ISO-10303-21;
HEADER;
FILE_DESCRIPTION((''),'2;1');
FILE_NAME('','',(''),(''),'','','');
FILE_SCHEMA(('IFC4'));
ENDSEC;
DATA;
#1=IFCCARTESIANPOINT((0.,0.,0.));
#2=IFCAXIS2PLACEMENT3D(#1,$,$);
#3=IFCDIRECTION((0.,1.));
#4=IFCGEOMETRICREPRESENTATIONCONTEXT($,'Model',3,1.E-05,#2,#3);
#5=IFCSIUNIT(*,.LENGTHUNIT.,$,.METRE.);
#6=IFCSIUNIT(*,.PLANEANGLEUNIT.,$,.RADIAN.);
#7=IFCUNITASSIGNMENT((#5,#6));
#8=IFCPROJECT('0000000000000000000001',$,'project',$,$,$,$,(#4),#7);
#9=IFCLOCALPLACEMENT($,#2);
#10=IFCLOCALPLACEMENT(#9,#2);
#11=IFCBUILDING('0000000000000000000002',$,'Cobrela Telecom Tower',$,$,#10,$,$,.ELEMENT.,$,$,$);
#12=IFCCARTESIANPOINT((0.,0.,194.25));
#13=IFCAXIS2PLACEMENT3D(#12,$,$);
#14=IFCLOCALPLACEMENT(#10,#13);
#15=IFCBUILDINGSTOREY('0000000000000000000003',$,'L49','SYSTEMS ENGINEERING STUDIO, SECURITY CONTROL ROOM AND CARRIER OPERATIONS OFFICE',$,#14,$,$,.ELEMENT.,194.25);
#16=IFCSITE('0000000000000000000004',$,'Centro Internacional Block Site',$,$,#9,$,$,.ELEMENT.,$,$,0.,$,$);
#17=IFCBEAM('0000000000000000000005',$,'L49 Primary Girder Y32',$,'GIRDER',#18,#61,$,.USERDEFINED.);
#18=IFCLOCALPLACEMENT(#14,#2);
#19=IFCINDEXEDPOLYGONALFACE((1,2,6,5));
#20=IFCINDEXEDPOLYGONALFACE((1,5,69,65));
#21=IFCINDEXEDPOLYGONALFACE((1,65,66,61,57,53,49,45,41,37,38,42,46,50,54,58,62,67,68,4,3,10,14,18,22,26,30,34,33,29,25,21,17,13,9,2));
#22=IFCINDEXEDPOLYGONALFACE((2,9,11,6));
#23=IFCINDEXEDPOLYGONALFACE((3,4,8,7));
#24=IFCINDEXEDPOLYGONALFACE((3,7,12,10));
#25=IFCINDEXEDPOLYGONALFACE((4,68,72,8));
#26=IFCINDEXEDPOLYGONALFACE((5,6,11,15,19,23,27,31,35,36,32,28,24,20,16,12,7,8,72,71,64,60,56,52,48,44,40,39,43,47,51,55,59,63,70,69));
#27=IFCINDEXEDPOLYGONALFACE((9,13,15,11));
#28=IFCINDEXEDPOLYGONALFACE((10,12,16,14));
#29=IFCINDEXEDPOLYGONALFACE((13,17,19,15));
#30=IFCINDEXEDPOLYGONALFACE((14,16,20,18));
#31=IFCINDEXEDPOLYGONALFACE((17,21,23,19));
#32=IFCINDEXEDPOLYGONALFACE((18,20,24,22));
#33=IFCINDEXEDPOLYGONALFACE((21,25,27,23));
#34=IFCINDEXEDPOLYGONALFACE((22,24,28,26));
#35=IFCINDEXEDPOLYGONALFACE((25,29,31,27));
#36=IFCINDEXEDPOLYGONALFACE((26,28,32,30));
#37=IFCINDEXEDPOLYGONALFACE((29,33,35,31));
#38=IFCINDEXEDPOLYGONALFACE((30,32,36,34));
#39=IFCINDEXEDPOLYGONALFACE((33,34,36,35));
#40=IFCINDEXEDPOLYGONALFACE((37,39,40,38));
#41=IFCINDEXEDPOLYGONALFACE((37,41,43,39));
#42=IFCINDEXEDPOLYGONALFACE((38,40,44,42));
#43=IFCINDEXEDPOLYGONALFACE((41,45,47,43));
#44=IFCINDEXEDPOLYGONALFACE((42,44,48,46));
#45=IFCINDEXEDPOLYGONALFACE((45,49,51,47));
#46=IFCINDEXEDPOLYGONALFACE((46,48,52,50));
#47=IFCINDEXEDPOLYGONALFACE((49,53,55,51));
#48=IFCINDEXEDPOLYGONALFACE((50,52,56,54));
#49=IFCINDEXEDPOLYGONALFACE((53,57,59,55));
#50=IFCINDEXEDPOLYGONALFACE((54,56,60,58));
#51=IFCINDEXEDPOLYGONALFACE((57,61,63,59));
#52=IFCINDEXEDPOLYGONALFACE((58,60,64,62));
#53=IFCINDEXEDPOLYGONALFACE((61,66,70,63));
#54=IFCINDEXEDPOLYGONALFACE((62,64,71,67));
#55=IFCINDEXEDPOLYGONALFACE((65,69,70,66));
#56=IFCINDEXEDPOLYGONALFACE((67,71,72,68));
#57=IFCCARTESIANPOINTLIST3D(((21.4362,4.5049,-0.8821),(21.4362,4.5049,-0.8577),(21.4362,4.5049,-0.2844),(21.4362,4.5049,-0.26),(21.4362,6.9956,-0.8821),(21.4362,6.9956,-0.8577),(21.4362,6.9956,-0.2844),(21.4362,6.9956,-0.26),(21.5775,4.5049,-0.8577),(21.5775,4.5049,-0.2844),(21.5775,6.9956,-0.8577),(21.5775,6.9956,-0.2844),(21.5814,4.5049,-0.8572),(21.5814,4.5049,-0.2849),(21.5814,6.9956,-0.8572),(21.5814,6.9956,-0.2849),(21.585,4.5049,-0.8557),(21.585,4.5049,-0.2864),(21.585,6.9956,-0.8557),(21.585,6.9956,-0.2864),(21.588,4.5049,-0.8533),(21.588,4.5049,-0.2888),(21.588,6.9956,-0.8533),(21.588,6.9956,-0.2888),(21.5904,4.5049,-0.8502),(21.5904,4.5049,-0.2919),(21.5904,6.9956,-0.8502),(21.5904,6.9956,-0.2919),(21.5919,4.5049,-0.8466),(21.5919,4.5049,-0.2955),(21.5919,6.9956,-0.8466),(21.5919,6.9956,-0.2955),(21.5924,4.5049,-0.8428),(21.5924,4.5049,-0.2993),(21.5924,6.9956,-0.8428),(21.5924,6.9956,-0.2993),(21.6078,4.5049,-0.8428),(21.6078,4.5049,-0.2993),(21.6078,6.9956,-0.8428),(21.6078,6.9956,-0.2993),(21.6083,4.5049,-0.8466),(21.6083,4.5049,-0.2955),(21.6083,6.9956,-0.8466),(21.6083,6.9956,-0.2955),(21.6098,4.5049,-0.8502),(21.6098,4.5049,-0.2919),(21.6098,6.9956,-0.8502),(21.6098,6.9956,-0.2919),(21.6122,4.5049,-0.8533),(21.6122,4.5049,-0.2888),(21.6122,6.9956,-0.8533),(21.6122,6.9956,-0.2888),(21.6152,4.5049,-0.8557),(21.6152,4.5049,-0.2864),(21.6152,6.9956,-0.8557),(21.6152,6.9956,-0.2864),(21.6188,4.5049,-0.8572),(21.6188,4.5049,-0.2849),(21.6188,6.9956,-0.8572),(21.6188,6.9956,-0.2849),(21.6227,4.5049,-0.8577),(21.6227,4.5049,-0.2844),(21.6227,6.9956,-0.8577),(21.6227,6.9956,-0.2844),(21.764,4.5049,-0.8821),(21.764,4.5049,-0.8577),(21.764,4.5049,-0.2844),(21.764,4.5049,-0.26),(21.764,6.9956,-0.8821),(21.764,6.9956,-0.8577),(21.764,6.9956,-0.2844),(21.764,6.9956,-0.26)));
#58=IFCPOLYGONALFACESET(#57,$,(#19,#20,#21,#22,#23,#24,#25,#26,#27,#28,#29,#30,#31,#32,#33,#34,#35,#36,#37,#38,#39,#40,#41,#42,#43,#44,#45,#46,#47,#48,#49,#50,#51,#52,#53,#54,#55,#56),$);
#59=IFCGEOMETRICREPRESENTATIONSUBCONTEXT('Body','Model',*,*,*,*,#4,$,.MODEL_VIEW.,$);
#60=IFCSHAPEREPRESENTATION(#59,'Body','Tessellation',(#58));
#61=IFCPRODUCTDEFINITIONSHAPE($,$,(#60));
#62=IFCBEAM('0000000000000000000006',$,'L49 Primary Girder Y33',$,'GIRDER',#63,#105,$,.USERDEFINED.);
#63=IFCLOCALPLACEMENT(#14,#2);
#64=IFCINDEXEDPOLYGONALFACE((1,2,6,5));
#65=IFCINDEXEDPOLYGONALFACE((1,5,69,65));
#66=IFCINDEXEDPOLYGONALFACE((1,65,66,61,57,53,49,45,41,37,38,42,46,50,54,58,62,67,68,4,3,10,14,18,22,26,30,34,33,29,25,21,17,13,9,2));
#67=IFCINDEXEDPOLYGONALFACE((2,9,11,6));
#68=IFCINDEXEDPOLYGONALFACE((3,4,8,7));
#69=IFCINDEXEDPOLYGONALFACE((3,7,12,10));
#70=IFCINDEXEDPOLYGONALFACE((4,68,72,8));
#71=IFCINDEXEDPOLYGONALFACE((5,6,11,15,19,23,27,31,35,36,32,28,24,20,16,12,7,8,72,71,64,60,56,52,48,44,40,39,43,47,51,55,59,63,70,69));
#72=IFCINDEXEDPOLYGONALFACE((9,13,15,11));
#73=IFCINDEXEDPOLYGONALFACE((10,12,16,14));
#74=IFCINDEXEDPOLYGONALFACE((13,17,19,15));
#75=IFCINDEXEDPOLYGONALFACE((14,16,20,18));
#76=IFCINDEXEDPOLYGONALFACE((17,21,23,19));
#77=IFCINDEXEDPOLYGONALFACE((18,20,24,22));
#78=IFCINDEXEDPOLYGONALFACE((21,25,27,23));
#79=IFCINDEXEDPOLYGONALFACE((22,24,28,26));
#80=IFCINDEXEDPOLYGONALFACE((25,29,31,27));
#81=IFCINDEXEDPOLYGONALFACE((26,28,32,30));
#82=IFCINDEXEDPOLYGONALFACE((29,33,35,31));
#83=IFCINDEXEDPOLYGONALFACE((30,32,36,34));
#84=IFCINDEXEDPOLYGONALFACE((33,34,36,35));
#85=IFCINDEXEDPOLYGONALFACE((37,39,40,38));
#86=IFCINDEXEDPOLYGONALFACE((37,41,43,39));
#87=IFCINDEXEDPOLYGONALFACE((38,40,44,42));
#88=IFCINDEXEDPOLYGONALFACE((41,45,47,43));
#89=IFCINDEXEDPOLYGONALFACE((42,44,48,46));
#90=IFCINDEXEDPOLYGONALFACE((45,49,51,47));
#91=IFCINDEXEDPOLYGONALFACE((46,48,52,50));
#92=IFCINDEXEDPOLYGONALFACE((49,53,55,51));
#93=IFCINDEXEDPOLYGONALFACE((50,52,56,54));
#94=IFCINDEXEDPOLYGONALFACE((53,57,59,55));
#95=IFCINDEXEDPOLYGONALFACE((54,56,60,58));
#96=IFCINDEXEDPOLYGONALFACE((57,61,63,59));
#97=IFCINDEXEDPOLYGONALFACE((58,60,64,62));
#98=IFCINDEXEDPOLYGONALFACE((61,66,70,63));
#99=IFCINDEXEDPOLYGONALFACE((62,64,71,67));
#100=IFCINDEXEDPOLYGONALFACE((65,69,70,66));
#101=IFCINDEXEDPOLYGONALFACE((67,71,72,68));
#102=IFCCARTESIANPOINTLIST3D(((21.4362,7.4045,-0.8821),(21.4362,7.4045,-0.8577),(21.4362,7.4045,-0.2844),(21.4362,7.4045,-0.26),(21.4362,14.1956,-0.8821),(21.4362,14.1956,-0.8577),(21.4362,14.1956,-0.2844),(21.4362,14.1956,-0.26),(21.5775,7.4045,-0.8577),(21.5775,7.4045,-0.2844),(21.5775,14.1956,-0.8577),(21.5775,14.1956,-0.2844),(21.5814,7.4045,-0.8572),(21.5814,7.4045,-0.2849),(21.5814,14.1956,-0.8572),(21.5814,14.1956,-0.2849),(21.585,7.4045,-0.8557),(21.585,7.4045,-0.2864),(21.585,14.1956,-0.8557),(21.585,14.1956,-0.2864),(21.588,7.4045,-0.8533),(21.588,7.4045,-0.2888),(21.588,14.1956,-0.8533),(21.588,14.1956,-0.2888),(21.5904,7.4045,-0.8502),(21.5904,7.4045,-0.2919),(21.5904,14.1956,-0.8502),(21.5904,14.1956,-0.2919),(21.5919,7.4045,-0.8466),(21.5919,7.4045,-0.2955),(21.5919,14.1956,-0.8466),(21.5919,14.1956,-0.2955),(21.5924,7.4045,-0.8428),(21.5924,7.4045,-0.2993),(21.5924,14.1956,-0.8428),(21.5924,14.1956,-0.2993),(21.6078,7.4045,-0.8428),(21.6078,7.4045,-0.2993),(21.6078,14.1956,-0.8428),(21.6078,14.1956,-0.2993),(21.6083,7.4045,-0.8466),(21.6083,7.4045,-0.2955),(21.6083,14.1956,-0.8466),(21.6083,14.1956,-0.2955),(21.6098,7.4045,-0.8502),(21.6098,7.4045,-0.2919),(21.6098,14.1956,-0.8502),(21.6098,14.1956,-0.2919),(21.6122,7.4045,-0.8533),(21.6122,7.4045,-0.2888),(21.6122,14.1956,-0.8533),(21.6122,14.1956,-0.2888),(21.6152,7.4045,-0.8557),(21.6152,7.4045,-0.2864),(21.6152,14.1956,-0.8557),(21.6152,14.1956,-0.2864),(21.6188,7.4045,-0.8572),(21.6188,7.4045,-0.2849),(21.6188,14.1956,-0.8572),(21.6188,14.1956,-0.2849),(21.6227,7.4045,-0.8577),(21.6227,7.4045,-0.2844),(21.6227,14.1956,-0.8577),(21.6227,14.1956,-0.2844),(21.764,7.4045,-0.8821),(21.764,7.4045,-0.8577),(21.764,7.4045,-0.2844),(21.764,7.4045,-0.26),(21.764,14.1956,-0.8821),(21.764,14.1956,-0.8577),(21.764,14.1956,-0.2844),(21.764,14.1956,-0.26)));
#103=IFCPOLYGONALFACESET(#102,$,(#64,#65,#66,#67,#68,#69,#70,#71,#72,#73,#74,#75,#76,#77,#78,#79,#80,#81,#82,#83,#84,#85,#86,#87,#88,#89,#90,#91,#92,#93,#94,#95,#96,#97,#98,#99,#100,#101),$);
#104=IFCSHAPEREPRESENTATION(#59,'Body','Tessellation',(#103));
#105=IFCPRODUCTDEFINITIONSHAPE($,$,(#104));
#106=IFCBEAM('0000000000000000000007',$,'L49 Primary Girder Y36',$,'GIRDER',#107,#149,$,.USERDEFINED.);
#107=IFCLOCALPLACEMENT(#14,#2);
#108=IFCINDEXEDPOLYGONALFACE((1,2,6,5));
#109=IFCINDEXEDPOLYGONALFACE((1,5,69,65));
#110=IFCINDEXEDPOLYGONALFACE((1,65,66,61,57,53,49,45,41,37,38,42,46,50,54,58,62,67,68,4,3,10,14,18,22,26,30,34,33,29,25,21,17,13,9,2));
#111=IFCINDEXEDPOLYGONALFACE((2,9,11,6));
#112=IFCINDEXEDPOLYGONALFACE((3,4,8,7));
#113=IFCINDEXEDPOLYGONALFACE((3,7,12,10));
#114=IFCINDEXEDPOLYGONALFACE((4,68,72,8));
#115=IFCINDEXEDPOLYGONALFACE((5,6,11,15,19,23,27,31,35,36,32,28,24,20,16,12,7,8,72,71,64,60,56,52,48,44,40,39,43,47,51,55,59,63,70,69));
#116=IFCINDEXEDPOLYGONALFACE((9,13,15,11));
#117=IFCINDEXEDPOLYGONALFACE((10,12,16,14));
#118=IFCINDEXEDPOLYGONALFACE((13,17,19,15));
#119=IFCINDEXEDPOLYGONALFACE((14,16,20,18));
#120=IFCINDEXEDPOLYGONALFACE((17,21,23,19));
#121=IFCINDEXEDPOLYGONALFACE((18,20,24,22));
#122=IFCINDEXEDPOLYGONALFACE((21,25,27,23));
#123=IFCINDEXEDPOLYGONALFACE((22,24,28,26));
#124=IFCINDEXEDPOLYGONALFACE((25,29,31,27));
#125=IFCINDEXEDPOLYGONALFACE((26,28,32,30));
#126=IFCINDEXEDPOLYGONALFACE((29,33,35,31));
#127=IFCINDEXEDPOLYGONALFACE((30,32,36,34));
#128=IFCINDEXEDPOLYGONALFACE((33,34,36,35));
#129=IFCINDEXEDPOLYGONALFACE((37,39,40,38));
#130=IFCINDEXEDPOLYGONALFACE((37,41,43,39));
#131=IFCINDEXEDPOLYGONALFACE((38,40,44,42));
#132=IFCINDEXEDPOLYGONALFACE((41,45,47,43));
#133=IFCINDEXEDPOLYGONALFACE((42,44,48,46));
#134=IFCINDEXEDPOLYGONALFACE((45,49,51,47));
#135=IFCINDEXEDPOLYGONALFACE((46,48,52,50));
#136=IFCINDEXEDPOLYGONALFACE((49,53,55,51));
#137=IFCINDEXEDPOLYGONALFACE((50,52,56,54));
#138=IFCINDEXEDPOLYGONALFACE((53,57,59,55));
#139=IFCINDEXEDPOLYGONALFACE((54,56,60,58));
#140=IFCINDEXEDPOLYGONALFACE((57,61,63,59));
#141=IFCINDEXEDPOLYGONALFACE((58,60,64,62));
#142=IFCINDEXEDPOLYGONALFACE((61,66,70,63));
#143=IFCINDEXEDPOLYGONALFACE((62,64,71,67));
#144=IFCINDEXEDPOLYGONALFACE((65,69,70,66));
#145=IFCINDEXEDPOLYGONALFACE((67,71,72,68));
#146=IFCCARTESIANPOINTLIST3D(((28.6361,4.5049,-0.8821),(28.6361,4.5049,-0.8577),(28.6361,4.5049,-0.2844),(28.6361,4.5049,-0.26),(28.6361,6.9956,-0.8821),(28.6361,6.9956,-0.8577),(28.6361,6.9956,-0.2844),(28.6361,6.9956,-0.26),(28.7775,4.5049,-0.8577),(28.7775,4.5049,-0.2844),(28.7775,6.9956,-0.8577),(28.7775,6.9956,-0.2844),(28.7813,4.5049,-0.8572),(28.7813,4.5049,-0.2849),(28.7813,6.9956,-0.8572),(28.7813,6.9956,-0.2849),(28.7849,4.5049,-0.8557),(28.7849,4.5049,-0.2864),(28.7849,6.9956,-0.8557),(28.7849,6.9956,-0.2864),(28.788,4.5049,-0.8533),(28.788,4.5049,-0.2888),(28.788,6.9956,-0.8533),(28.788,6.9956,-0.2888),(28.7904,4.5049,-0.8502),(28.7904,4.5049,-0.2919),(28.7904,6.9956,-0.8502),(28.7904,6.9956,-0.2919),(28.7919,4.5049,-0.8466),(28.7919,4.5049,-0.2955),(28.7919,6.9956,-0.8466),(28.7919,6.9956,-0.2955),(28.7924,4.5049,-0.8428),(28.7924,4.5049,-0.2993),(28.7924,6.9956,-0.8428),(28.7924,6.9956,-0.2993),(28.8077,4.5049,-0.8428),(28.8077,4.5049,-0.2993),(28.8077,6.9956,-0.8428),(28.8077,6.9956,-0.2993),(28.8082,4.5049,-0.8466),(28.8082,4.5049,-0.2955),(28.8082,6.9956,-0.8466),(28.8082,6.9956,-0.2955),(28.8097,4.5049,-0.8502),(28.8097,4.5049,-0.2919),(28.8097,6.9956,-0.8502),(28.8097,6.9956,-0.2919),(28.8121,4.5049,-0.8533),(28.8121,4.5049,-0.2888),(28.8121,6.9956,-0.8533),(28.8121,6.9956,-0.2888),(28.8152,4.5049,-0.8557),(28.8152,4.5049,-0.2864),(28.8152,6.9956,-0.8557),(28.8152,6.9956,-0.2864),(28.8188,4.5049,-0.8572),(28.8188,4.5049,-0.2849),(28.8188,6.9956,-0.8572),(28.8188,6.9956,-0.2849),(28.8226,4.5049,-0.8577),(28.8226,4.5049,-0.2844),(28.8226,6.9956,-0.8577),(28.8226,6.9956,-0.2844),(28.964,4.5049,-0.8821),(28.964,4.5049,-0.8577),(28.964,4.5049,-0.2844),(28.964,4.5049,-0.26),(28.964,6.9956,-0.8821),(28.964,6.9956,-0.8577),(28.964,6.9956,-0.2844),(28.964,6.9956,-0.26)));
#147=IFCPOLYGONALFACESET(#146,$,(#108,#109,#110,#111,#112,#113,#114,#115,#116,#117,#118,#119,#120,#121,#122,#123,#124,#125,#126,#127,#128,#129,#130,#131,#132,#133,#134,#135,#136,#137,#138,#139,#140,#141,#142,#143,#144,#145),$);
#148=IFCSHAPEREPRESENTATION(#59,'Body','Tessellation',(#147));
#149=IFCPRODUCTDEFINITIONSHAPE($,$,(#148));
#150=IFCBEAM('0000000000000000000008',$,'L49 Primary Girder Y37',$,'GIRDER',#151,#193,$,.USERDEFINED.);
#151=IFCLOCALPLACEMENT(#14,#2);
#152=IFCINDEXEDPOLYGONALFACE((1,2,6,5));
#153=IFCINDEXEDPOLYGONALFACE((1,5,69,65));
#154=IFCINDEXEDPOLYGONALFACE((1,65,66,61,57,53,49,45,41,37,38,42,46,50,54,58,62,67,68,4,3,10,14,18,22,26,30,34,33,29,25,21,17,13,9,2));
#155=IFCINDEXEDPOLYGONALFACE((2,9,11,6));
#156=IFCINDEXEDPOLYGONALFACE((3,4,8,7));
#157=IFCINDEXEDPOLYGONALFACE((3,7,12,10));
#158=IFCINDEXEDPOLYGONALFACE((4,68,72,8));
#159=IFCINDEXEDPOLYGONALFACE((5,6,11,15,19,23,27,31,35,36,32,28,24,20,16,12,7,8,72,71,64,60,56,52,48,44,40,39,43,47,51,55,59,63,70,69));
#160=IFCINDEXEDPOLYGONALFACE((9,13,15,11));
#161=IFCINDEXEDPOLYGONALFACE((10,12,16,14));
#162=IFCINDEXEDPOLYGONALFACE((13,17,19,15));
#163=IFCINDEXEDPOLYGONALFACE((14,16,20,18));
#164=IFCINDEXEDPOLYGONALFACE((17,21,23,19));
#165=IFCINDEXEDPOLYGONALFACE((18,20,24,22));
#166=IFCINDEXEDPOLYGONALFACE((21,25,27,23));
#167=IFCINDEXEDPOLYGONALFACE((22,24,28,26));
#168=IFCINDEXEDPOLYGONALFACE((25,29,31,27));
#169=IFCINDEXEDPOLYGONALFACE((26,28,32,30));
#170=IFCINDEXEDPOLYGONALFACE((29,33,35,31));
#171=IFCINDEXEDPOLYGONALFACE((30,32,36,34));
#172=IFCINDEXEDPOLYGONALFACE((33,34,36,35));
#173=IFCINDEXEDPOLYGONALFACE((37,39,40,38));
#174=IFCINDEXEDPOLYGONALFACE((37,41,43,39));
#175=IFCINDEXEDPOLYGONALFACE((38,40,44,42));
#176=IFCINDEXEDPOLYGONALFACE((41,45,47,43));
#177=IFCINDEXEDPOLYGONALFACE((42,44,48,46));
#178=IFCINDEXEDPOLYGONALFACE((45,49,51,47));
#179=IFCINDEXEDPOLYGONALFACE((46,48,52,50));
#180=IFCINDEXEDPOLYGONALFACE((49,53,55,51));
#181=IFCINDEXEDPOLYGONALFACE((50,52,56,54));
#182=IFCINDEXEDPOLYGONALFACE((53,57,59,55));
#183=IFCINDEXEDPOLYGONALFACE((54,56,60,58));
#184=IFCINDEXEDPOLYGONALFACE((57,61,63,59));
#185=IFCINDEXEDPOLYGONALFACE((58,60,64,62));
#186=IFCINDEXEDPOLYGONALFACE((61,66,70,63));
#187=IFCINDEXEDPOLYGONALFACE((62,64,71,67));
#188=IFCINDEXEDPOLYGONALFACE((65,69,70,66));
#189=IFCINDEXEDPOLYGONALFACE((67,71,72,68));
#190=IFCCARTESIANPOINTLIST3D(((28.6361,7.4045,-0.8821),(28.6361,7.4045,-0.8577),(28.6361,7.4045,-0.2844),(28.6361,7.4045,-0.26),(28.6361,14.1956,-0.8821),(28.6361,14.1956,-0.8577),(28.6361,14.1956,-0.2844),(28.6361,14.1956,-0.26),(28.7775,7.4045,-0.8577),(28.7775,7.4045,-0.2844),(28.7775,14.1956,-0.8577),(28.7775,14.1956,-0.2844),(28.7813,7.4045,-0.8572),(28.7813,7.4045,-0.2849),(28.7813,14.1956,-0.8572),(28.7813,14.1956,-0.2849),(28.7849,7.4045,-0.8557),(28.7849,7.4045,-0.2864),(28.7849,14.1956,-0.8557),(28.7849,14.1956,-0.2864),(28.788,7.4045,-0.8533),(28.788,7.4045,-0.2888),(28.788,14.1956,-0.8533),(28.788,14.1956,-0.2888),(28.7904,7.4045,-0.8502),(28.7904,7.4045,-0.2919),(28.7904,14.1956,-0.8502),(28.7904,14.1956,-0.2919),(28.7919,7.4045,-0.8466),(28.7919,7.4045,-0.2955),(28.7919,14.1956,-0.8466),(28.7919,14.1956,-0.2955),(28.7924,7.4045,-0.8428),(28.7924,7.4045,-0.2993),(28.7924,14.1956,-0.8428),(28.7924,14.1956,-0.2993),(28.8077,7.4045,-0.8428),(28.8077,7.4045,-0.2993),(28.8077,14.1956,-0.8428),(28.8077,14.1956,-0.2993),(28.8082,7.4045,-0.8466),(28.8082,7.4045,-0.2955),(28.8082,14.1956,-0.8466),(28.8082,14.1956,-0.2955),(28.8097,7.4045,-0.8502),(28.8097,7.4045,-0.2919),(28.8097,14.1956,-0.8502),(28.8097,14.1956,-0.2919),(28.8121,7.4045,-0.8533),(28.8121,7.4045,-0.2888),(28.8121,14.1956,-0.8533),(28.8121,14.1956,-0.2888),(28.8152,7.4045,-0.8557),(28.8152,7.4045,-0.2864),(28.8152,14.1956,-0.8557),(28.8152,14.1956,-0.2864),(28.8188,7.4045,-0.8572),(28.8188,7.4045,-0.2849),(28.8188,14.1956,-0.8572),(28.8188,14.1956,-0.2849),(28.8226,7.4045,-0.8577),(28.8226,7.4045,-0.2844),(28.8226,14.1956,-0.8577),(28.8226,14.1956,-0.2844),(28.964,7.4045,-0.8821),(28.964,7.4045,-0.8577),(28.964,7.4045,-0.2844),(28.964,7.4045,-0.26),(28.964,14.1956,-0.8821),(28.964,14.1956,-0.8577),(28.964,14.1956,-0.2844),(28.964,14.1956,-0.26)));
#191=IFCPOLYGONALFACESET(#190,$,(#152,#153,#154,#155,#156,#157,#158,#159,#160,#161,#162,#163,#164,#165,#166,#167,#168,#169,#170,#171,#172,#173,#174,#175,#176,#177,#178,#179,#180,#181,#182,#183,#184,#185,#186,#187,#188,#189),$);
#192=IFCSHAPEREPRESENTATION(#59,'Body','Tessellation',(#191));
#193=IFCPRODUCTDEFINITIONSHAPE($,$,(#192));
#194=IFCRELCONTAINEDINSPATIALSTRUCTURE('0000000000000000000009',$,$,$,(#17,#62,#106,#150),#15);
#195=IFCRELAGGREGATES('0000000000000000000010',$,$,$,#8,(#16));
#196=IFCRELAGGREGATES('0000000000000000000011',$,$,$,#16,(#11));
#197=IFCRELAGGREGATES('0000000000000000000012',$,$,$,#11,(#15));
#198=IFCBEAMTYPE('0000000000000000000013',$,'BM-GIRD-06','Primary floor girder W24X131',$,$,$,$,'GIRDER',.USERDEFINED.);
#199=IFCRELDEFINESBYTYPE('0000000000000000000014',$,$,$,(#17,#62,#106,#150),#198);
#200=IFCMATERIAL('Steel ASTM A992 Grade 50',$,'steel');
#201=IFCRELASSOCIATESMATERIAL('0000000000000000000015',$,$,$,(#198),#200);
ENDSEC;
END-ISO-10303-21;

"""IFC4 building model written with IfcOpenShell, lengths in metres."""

from ifc_helpers import new_model, si_unit, direction, frame, origin, origin_2d, place, context, subcontext, project, spatial, i_section, extrude, material, material_profile, profile_set, type_object, element, save


model = new_model("IFC4")

# Units and contexts
model_context = context("Model", 3, precision=1e-05, world=origin(), true_north=direction((0.0, 1.0)))
body_context = subcontext(model_context, "Body", "Model", "MODEL_VIEW")
ifc_project = project(units=[si_unit("LENGTHUNIT", "METRE"), si_unit("PLANEANGLEUNIT", "RADIAN")], contexts=[model_context])

# Site, building, storey
site_placement = place(None, origin())
site = spatial("IfcSite", under=ifc_project, at=site_placement, Name="Centro Internacional Block Site", CompositionType="ELEMENT", RefElevation=0.0)
building_placement = place(site_placement, origin())
building = spatial("IfcBuilding", under=site, at=building_placement, Name="Cobrela Telecom Tower", CompositionType="ELEMENT")
storey_placement = place(building_placement, frame((0.0, 0.0, 194.25)))
storey = spatial("IfcBuildingStorey", under=building, at=storey_placement, Name="L49", Description="SYSTEMS ENGINEERING STUDIO, SECURITY CONTROL ROOM AND CARRIER OPERATIONS OFFICE", CompositionType="ELEMENT", Elevation=194.25)

# Shared definitions
ifc_material_1 = material(Name="Steel ASTM A992 Grade 50", Category="steel")

# Beams
ifc_material_profile_1 = material_profile(ifc_material_1, i_section(OverallWidth=0.3279, OverallDepth=0.6221, WebThickness=0.0154, FlangeThickness=0.0244, FilletRadius=0.0149, at=origin_2d()), Name="W24X131")
ifc_profile_set_1 = profile_set([ifc_material_profile_1], Name="Steel ASTM A992 Grade 50")
beam_type_1 = type_object("IfcBeamType", Name="BM-GIRD-06", Description="Primary floor girder W24X131", ElementType="GIRDER", PredefinedType="USERDEFINED", material=ifc_profile_set_1)
beam_1_placement = place(storey_placement, frame((21.6001, 4.5049, -0.571), z_axis=(0.0, 1.0, 0.0), x_axis=(-1.0, 0.0, 0.0)))
element("IfcBeam", 1, at=beam_1_placement, inside=storey, type_object=beam_type_1, Name="L49 Primary Girder Y32", ObjectType="GIRDER", PredefinedType="USERDEFINED", context=body_context, shape_type="SweptSolid", body=[
    extrude(i_section(OverallWidth=0.3279, OverallDepth=0.6221, WebThickness=0.0154, FlangeThickness=0.0244, FilletRadius=0.0149, at=origin_2d()), origin(), (0.0, 0.0, 1.0), 2.4907),
])
beam_2_placement = place(storey_placement, frame((21.6001, 7.4045, -0.571), z_axis=(0.0, 1.0, 0.0), x_axis=(-1.0, 0.0, 0.0)))
element("IfcBeam", 2, at=beam_2_placement, inside=storey, type_object=beam_type_1, Name="L49 Primary Girder Y33", ObjectType="GIRDER", PredefinedType="USERDEFINED", context=body_context, shape_type="SweptSolid", body=[
    extrude(i_section(OverallWidth=0.3279, OverallDepth=0.6221, WebThickness=0.0154, FlangeThickness=0.0244, FilletRadius=0.0149, at=origin_2d()), origin(), (0.0, 0.0, 1.0), 6.791),
])
beam_3_placement = place(storey_placement, frame((28.8, 4.5049, -0.571), z_axis=(0.0, 1.0, 0.0), x_axis=(-1.0, 0.0, 0.0)))
element("IfcBeam", 3, at=beam_3_placement, inside=storey, type_object=beam_type_1, Name="L49 Primary Girder Y36", ObjectType="GIRDER", PredefinedType="USERDEFINED", context=body_context, shape_type="SweptSolid", body=[
    extrude(i_section(OverallWidth=0.3279, OverallDepth=0.6221, WebThickness=0.0154, FlangeThickness=0.0244, FilletRadius=0.0149, at=origin_2d()), origin(), (0.0, 0.0, 1.0), 2.4907),
])
beam_4_placement = place(storey_placement, frame((28.8, 7.4045, -0.571), z_axis=(0.0, 1.0, 0.0), x_axis=(-1.0, 0.0, 0.0)))
element("IfcBeam", 4, at=beam_4_placement, inside=storey, type_object=beam_type_1, Name="L49 Primary Girder Y37", ObjectType="GIRDER", PredefinedType="USERDEFINED", context=body_context, shape_type="SweptSolid", body=[
    extrude(i_section(OverallWidth=0.3279, OverallDepth=0.6221, WebThickness=0.0154, FlangeThickness=0.0244, FilletRadius=0.0149, at=origin_2d()), origin(), (0.0, 0.0, 1.0), 6.791),
])

save(model, "model.ifc")
